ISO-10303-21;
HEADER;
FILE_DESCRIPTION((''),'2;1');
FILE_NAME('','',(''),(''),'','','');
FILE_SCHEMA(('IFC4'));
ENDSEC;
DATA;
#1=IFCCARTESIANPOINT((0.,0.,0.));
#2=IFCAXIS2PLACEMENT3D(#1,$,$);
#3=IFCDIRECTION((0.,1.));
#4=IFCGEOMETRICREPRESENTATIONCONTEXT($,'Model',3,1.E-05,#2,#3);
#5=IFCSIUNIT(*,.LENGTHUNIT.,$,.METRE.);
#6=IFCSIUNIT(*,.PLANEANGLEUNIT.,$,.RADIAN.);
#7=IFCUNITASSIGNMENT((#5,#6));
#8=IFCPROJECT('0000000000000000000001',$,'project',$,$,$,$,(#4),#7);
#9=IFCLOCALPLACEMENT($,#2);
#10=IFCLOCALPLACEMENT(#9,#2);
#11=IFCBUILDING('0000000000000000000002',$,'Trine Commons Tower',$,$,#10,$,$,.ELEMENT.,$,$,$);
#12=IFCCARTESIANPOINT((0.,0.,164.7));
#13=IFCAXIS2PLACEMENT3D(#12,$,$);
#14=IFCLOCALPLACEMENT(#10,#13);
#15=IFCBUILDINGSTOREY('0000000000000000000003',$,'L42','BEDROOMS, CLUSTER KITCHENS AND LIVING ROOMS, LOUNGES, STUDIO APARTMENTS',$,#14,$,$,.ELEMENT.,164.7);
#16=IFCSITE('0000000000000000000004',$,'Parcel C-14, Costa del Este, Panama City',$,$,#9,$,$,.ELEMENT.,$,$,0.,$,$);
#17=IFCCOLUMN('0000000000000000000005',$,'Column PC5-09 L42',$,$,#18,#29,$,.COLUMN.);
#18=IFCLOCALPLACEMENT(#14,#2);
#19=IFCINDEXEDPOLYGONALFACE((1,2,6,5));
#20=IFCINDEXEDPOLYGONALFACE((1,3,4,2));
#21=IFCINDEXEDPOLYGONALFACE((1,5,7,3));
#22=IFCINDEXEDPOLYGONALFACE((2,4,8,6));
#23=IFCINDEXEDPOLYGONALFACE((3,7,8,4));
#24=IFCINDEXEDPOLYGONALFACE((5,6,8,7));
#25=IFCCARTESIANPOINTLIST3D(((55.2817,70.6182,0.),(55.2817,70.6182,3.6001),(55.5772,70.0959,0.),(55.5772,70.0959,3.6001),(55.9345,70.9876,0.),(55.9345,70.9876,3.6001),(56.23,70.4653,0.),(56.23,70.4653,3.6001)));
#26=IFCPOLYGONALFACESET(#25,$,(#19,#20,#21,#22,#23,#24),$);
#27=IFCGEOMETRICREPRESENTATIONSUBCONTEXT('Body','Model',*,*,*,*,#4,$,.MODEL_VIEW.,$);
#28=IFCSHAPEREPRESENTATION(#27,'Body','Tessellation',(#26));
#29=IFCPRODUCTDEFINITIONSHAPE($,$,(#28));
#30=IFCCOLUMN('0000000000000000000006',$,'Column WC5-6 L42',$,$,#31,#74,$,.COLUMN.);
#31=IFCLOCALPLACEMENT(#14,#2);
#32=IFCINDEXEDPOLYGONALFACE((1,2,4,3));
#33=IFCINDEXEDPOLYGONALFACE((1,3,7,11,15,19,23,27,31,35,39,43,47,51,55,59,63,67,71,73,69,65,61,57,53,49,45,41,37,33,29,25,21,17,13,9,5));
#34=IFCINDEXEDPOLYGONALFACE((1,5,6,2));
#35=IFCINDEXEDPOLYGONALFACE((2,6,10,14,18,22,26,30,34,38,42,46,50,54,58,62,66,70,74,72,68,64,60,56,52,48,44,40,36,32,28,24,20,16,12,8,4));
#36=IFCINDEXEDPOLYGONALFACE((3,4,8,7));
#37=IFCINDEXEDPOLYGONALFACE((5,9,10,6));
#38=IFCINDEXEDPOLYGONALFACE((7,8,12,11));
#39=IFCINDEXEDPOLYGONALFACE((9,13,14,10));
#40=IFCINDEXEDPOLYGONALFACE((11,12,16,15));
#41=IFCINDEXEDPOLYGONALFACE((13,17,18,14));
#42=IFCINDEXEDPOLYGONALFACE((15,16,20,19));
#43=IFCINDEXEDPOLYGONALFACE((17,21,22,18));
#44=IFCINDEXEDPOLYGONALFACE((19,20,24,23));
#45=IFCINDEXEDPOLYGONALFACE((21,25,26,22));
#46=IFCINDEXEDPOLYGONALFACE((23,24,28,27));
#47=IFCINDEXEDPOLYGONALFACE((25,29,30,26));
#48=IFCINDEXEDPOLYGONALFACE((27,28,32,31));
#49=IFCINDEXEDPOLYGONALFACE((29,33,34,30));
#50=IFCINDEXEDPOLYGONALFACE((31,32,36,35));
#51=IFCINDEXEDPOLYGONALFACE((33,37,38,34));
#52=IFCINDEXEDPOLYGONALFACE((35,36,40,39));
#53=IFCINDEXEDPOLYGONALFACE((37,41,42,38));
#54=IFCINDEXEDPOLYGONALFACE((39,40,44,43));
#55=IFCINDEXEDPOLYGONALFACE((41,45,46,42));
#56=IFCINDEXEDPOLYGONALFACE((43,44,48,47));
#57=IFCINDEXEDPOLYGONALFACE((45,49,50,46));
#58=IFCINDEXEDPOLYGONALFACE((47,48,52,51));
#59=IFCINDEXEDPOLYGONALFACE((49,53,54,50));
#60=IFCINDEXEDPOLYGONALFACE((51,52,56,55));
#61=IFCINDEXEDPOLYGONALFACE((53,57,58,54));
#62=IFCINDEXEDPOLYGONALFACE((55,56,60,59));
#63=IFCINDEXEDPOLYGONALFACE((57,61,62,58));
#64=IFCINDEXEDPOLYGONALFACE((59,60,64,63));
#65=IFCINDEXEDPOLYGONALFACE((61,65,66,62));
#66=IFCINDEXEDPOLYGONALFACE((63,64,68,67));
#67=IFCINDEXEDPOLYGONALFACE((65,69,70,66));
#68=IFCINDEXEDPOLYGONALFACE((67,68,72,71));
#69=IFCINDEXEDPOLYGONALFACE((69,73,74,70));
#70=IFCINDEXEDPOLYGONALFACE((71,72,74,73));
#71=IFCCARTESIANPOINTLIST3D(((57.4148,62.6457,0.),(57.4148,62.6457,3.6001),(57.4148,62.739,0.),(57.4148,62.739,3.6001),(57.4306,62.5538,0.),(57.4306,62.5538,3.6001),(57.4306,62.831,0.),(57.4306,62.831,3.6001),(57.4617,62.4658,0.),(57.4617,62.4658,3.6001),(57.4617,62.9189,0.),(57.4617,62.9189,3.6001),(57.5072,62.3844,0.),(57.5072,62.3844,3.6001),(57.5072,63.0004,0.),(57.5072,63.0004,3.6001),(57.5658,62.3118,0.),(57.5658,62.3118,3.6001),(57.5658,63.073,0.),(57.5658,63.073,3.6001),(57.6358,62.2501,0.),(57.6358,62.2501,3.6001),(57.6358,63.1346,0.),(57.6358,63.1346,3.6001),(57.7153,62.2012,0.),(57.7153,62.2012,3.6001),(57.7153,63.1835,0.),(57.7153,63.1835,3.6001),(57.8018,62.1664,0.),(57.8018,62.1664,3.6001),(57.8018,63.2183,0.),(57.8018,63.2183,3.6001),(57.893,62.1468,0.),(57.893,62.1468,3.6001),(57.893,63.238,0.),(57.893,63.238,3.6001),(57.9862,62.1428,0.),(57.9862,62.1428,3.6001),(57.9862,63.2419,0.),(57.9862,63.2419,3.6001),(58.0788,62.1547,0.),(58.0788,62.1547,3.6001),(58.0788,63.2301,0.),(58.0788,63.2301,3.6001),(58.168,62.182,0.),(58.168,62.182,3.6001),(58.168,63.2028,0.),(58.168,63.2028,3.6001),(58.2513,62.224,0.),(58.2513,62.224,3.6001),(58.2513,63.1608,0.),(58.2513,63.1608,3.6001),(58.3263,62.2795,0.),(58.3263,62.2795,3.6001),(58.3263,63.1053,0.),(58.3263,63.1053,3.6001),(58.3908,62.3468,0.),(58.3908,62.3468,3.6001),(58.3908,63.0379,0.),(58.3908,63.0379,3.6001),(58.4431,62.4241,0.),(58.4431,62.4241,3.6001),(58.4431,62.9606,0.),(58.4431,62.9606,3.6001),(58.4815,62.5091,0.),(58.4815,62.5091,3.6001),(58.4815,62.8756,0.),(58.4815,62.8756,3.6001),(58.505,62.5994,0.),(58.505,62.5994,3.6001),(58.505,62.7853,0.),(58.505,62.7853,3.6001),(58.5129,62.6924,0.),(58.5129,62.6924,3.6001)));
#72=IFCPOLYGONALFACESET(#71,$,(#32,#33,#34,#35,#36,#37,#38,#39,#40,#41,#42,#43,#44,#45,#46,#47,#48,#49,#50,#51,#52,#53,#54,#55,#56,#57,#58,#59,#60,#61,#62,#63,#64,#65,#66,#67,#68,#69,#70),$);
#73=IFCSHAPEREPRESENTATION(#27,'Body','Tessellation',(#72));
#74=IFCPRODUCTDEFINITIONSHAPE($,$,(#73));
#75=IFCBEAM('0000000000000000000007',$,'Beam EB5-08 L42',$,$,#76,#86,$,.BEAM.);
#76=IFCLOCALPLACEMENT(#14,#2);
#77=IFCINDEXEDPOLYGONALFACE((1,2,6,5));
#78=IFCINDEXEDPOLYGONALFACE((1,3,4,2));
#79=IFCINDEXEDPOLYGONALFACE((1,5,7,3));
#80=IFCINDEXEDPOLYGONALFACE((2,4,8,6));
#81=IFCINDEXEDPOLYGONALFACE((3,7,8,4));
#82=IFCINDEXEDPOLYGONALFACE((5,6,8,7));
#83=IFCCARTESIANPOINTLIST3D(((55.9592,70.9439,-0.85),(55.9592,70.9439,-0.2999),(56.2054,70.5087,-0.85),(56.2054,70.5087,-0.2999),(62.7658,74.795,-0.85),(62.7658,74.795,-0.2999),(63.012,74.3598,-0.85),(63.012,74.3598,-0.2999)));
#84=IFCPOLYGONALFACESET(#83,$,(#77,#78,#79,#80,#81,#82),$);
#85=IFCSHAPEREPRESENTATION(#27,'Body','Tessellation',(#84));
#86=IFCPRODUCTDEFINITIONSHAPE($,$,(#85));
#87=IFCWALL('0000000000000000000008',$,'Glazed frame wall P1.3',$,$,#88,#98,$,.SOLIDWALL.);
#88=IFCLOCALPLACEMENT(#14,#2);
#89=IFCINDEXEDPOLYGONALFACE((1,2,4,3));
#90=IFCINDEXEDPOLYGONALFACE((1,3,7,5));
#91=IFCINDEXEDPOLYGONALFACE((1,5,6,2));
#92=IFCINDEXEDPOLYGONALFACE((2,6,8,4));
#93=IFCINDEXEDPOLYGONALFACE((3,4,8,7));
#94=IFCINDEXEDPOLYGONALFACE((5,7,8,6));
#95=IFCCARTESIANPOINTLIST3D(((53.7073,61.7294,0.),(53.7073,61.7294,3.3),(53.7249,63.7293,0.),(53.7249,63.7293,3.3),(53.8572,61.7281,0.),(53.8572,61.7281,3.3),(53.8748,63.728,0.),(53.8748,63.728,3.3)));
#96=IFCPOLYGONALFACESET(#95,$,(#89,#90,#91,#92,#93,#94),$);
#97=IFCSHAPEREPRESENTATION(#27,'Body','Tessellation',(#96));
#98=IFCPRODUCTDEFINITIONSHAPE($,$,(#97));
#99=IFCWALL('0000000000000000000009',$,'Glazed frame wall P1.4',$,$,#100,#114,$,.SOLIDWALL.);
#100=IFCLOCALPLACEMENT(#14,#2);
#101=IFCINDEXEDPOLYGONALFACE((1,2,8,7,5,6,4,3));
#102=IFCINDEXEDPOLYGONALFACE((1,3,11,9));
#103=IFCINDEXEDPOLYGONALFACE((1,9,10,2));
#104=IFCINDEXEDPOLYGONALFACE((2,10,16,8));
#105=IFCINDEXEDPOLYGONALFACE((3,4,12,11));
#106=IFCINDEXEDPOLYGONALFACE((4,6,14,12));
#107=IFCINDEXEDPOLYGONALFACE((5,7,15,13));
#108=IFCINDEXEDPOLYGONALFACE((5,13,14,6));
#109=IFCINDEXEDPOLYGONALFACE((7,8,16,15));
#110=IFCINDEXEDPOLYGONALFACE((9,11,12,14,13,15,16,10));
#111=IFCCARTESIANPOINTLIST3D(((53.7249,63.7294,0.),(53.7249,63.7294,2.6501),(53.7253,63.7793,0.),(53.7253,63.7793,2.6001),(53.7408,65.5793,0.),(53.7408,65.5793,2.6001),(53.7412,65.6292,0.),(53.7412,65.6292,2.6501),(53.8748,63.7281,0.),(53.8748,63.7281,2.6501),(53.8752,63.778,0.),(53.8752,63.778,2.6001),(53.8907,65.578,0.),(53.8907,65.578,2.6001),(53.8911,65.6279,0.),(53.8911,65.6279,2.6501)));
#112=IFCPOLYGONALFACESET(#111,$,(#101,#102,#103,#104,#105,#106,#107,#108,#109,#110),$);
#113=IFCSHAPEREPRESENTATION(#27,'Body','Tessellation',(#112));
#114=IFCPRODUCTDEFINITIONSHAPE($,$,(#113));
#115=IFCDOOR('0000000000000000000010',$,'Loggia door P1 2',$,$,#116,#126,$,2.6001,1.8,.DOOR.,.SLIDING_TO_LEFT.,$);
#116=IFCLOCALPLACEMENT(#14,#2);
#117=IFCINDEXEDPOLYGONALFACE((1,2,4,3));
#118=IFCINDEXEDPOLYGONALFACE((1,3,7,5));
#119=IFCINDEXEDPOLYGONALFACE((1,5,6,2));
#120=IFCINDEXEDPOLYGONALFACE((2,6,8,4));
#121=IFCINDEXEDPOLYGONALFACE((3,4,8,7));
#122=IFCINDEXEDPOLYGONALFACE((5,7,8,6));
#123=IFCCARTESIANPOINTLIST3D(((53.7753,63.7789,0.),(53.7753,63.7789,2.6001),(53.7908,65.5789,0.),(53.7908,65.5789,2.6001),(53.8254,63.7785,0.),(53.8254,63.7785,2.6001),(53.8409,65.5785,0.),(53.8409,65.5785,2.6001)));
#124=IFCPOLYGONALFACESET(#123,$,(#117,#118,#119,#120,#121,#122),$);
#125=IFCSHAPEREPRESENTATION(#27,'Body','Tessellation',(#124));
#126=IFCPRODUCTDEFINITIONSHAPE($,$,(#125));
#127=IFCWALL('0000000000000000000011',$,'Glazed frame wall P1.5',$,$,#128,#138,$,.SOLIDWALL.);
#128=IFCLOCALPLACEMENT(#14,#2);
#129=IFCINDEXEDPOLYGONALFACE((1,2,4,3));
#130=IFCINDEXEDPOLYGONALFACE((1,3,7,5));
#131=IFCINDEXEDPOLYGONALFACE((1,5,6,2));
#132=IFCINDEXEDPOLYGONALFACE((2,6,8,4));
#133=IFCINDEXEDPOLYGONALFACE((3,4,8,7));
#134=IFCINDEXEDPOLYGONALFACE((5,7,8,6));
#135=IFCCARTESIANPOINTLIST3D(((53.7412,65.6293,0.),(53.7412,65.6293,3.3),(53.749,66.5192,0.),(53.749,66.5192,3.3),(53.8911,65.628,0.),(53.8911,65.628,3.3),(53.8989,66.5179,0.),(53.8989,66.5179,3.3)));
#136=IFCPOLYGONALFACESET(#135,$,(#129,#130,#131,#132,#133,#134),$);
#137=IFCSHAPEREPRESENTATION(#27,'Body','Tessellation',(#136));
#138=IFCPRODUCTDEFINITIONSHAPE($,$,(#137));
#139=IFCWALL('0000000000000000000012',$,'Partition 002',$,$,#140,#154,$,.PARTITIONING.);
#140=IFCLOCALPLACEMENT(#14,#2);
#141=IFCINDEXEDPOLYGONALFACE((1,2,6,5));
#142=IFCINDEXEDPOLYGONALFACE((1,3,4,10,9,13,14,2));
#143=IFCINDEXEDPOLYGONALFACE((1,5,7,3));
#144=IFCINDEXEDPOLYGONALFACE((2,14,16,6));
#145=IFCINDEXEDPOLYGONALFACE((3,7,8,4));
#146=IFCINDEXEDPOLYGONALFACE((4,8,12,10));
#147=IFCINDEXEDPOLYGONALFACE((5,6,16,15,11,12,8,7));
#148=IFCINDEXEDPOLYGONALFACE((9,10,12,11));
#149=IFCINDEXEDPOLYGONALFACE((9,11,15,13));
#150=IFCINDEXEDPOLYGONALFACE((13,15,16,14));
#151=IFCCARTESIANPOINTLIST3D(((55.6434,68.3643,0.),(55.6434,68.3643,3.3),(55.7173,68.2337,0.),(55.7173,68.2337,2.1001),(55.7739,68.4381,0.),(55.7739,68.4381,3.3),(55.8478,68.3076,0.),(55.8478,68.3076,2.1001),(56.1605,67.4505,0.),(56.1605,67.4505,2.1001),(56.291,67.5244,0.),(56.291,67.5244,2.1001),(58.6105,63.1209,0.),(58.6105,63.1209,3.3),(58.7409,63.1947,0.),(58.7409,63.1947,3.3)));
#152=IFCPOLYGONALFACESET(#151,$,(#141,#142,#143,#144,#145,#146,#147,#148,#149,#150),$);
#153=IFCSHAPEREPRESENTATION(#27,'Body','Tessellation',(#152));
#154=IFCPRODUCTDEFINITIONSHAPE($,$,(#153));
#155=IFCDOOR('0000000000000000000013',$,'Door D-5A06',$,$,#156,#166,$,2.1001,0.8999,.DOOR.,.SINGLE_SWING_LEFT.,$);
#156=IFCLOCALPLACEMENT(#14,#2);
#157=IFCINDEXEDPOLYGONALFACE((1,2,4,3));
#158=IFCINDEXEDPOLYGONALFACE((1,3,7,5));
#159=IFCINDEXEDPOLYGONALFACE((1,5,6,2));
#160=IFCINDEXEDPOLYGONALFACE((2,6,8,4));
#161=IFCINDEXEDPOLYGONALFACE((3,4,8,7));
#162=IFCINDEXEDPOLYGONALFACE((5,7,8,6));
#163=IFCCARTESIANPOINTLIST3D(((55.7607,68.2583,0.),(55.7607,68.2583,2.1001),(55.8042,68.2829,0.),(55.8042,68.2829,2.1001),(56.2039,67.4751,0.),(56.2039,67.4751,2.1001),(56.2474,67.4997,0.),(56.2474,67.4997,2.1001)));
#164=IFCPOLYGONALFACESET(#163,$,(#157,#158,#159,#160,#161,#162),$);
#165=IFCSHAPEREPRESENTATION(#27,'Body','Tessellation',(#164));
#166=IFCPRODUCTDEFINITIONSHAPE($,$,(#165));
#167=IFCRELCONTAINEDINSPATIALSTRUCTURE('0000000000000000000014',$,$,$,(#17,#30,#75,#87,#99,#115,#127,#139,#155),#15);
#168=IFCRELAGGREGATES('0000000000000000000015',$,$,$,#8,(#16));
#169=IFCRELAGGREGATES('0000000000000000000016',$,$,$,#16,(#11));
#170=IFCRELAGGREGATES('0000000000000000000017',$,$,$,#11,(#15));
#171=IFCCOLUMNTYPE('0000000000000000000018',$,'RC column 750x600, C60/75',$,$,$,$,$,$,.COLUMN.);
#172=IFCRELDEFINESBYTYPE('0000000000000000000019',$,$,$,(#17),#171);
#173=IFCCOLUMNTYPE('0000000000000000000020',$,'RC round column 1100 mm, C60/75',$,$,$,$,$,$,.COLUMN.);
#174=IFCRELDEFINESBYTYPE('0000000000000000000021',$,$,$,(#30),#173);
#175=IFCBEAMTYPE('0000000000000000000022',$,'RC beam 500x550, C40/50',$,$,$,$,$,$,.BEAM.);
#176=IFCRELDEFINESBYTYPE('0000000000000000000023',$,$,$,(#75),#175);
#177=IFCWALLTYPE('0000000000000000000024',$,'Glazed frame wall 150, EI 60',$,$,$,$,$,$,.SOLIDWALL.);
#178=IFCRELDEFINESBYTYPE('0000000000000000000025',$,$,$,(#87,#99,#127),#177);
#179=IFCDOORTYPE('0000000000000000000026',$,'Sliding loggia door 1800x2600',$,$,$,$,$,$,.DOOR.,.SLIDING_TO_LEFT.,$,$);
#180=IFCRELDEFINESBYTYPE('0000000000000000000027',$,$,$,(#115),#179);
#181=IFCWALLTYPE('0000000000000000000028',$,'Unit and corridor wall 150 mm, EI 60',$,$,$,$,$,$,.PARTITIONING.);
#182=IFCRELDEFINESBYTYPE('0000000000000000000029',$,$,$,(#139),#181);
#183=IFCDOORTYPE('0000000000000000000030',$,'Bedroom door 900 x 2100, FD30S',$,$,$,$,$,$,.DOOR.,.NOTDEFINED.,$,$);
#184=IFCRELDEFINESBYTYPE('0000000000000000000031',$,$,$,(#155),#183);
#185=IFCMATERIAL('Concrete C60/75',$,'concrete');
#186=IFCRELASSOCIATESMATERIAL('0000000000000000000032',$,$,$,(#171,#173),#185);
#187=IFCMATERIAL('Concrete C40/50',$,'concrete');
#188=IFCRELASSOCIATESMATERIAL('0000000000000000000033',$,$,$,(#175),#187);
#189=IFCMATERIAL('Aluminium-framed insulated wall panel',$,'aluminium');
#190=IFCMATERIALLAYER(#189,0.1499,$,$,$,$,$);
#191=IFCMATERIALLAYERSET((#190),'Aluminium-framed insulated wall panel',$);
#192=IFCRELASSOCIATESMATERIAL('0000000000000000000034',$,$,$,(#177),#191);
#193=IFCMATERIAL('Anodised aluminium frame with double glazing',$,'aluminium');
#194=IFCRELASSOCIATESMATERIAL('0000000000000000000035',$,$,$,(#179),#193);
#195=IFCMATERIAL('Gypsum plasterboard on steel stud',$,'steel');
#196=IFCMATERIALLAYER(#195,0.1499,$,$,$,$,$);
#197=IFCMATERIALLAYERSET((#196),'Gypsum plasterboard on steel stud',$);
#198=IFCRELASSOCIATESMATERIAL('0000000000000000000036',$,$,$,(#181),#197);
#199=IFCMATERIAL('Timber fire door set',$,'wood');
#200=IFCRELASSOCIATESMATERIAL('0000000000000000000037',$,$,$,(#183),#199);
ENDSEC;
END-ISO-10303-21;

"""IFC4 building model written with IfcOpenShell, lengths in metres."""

from ifc_helpers import new_model, si_unit, direction, frame, frame_2d, origin, origin_2d, place, context, subcontext, project, spatial, polyline, rectangle, circle, outline, extrude, material, layer, layer_set, material_profile, profile_set, type_object, element, fill, save


model = new_model("IFC4")

# Units and contexts
model_context = context("Model", 3, precision=1e-05, world=origin(), true_north=direction((0.0, 1.0)))
body_context = subcontext(model_context, "Body", "Model", "MODEL_VIEW")
ifc_project = project(units=[si_unit("LENGTHUNIT", "METRE"), si_unit("PLANEANGLEUNIT", "RADIAN")], contexts=[model_context])

# Site, building, storey
site_placement = place(None, origin())
site = spatial("IfcSite", under=ifc_project, at=site_placement, Name="Parcel C-14, Costa del Este, Panama City", CompositionType="ELEMENT", RefElevation=0.0)
building_placement = place(site_placement, origin())
building = spatial("IfcBuilding", under=site, at=building_placement, Name="Trine Commons Tower", CompositionType="ELEMENT")
storey_placement = place(building_placement, frame((0.0, 0.0, 164.7)))
storey = spatial("IfcBuildingStorey", under=building, at=storey_placement, Name="L42", Description="BEDROOMS, CLUSTER KITCHENS AND LIVING ROOMS, LOUNGES, STUDIO APARTMENTS", CompositionType="ELEMENT", Elevation=164.7)

# Columns
ifc_material_1 = material(Name="Concrete C60/75", Category="concrete")
ifc_material_profile_1 = material_profile(ifc_material_1, rectangle(XDim=0.75, YDim=0.6001, at=origin_2d()), Name="RC 750x600")
ifc_profile_set_1 = profile_set([ifc_material_profile_1], Name="Concrete C60/75")
column_type_1 = type_object("IfcColumnType", Name="RC column 750x600, C60/75", PredefinedType="COLUMN", material=ifc_profile_set_1)
column_1_placement = place(storey_placement, frame((55.7559, 70.5417, 0.0), z_axis=(0.0, 0.0, 1.0), x_axis=(0.870356, 0.492424, 0.0)))
element("IfcColumn", 1, at=column_1_placement, inside=storey, type_object=column_type_1, Name="Column PC5-09 L42", PredefinedType="COLUMN", context=body_context, shape_type="SweptSolid", body=[
    extrude(rectangle(XDim=0.75, YDim=0.6001, at=origin_2d()), origin(), (0.0, 0.0, 1.0), 3.6001),
])
ifc_material_profile_2 = material_profile(ifc_material_1, circle(Radius=0.55, at=origin_2d()), Name="RC round 1100")
ifc_profile_set_2 = profile_set([ifc_material_profile_2], Name="Concrete C60/75")
column_type_2 = type_object("IfcColumnType", Name="RC round column 1100 mm, C60/75", PredefinedType="COLUMN", material=ifc_profile_set_2)
column_2_placement = place(storey_placement, frame((57.9629, 62.6924, 0.0), z_axis=(0.0, 0.0, 1.0), x_axis=(1.0, 0.0, 0.0)))
element("IfcColumn", 2, at=column_2_placement, inside=storey, type_object=column_type_2, Name="Column WC5-6 L42", PredefinedType="COLUMN", context=body_context, shape_type="SweptSolid", body=[
    extrude(circle(Radius=0.55, at=origin_2d()), origin(), (0.0, 0.0, 1.0), 3.6001),
])

# Beam
ifc_material_2 = material(Name="Concrete C40/50", Category="concrete")
ifc_material_profile_3 = material_profile(ifc_material_2, rectangle(XDim=0.5, YDim=0.55, at=origin_2d()), Name="RC 500x550")
ifc_profile_set_3 = profile_set([ifc_material_profile_3], Name="Concrete C40/50")
beam_type = type_object("IfcBeamType", Name="RC beam 500x550, C40/50", PredefinedType="BEAM", material=ifc_profile_set_3)
beam_placement = place(storey_placement, frame((56.0823, 70.7263, -0.575), z_axis=(0.870352, 0.49243, 0.0), x_axis=(-0.49243, 0.870352, 0.0)))
element("IfcBeam", 3, at=beam_placement, inside=storey, type_object=beam_type, Name="Beam EB5-08 L42", PredefinedType="BEAM", context=body_context, shape_type="SweptSolid", body=[
    extrude(rectangle(XDim=0.5, YDim=0.55, at=origin_2d()), origin(), (0.0, 0.0, 1.0), 7.8206),
])

# Wall
ifc_material_3 = material(Name="Aluminium-framed insulated wall panel", Category="aluminium")
ifc_layer_1 = layer(ifc_material_3, 0.1499)
ifc_layer_set_1 = layer_set([ifc_layer_1], Name="Aluminium-framed insulated wall panel")
wall_type_1 = type_object("IfcWallType", Name="Glazed frame wall 150, EI 60", PredefinedType="SOLIDWALL", material=ifc_layer_set_1)
wall_1_placement = place(storey_placement, frame((53.7822, 61.7288, 0.0), z_axis=(0.0, 0.0, 1.0), x_axis=(0.008789, 0.999961, 0.0)))
element("IfcWall", 4, at=wall_1_placement, inside=storey, type_object=wall_type_1, Name="Glazed frame wall P1.3", PredefinedType="SOLIDWALL", context=body_context, shape_type="SweptSolid", body=[
    extrude(outline(polyline([(0.0, -0.075), (2.0, -0.075), (2.0, 0.075), (0.0, 0.075), (0.0, -0.075)])), origin(), (0.0, 0.0, 1.0), 3.3),
])

# Wall, opening, door
wall_2_placement = place(storey_placement, frame((53.7998, 63.7288, 0.0), z_axis=(0.0, 0.0, 1.0), x_axis=(0.008609, 0.999963, 0.0)))
wall_2 = element("IfcWall", 5, at=wall_2_placement, inside=storey, type_object=wall_type_1, Name="Glazed frame wall P1.4", PredefinedType="SOLIDWALL", context=body_context, shape_type="SweptSolid", body=[
    extrude(outline(polyline([(0.0, -0.075), (1.8999, -0.075), (1.8999, 0.075), (0.0, 0.075), (0.0, -0.075)])), origin(), (0.0, 0.0, 1.0), 2.6501),
])
opening_1_placement = place(wall_2_placement, frame((0.05, 0.0, 0.0)))
opening_1 = element("IfcOpeningElement", 6, at=opening_1_placement, cuts=wall_2, PredefinedType="OPENING", context=body_context, shape_type="SweptSolid", body=[
    extrude(rectangle(XDim=1.8, YDim=2.6001, at=frame_2d((0.8999, 1.3))), frame((0.0, 0.085, 0.0), z_axis=(0.0, -1.0, 0.0), x_axis=(1.0, 0.0, 0.0)), (0.0, 0.0, 1.0), 0.1699),
])
ifc_material_4 = material(Name="Anodised aluminium frame with double glazing", Category="aluminium")
door_type_1 = type_object("IfcDoorType", Name="Sliding loggia door 1800x2600", OperationType="SLIDING_TO_LEFT", PredefinedType="DOOR", material=ifc_material_4)
door_1_placement = place(opening_1_placement, origin())
door_1 = element("IfcDoor", 7, at=door_1_placement, inside=storey, type_object=door_type_1, Name="Loggia door P1 2", OperationType="SLIDING_TO_LEFT", OverallHeight=2.6001, OverallWidth=1.8, PredefinedType="DOOR", context=body_context, shape_type="SweptSolid", body=[
    extrude(rectangle(XDim=1.8, YDim=2.6001, at=frame_2d((0.8999, 1.3))), frame((0.0, 0.0249, 0.0), z_axis=(0.0, -1.0, 0.0), x_axis=(1.0, 0.0, 0.0)), (0.0, 0.0, 1.0), 0.05),
])
fill(opening_1, door_1)

# Wall
wall_3_placement = place(storey_placement, frame((53.8162, 65.6287, 0.0), z_axis=(0.0, 0.0, 1.0), x_axis=(0.008789, 0.999961, 0.0)))
element("IfcWall", 8, at=wall_3_placement, inside=storey, type_object=wall_type_1, Name="Glazed frame wall P1.5", PredefinedType="SOLIDWALL", context=body_context, shape_type="SweptSolid", body=[
    extrude(outline(polyline([(0.8899, 0.075), (0.0, 0.075), (0.0, -0.075), (0.8899, -0.075), (0.8899, 0.075)])), origin(), (0.0, 0.0, 1.0), 3.3),
])

# Wall, opening, door
ifc_material_5 = material(Name="Gypsum plasterboard on steel stud", Category="steel")
ifc_layer_2 = layer(ifc_material_5, 0.1499)
ifc_layer_set_2 = layer_set([ifc_layer_2], Name="Gypsum plasterboard on steel stud")
wall_type_2 = type_object("IfcWallType", Name="Unit and corridor wall 150 mm, EI 60", PredefinedType="PARTITIONING", material=ifc_layer_set_2)
wall_4_placement = place(storey_placement, frame((55.7087, 68.4011, 0.0), z_axis=(0.0, 0.0, 1.0), x_axis=(0.492482, -0.870323, 0.0)))
wall_4 = element("IfcWall", 9, at=wall_4_placement, inside=storey, type_object=wall_type_2, Name="Partition 002", PredefinedType="PARTITIONING", context=body_context, shape_type="SweptSolid", body=[
    extrude(rectangle(XDim=6.0247, YDim=0.1499, at=frame_2d((3.0122, 0.0))), origin(), (0.0, 0.0, 1.0), 3.3),
])
opening_2_placement = place(wall_4_placement, frame((0.1499, 0.0, 0.0)))
opening_2 = element("IfcOpeningElement", 10, at=opening_2_placement, cuts=wall_4, PredefinedType="OPENING", context=body_context, shape_type="SweptSolid", body=[
    extrude(rectangle(XDim=0.8999, YDim=2.1001, at=frame_2d((0.45, 1.05))), frame((0.0, 0.085, 0.0), z_axis=(0.0, -1.0, 0.0), x_axis=(1.0, 0.0, 0.0)), (0.0, 0.0, 1.0), 0.1699),
])
ifc_material_6 = material(Name="Timber fire door set", Category="wood")
door_type_2 = type_object("IfcDoorType", Name="Bedroom door 900 x 2100, FD30S", OperationType="NOTDEFINED", PredefinedType="DOOR", material=ifc_material_6)
door_2_placement = place(opening_2_placement, origin())
door_2 = element("IfcDoor", 11, at=door_2_placement, inside=storey, type_object=door_type_2, Name="Door D-5A06", OperationType="SINGLE_SWING_LEFT", OverallHeight=2.1001, OverallWidth=0.8999, PredefinedType="DOOR", context=body_context, shape_type="SweptSolid", body=[
    extrude(rectangle(XDim=0.8999, YDim=2.1001, at=frame_2d((0.45, 1.05))), frame((0.0, 0.0249, 0.0), z_axis=(0.0, -1.0, 0.0), x_axis=(1.0, 0.0, 0.0)), (0.0, 0.0, 1.0), 0.05),
])
fill(opening_2, door_2)

save(model, "model.ifc")
